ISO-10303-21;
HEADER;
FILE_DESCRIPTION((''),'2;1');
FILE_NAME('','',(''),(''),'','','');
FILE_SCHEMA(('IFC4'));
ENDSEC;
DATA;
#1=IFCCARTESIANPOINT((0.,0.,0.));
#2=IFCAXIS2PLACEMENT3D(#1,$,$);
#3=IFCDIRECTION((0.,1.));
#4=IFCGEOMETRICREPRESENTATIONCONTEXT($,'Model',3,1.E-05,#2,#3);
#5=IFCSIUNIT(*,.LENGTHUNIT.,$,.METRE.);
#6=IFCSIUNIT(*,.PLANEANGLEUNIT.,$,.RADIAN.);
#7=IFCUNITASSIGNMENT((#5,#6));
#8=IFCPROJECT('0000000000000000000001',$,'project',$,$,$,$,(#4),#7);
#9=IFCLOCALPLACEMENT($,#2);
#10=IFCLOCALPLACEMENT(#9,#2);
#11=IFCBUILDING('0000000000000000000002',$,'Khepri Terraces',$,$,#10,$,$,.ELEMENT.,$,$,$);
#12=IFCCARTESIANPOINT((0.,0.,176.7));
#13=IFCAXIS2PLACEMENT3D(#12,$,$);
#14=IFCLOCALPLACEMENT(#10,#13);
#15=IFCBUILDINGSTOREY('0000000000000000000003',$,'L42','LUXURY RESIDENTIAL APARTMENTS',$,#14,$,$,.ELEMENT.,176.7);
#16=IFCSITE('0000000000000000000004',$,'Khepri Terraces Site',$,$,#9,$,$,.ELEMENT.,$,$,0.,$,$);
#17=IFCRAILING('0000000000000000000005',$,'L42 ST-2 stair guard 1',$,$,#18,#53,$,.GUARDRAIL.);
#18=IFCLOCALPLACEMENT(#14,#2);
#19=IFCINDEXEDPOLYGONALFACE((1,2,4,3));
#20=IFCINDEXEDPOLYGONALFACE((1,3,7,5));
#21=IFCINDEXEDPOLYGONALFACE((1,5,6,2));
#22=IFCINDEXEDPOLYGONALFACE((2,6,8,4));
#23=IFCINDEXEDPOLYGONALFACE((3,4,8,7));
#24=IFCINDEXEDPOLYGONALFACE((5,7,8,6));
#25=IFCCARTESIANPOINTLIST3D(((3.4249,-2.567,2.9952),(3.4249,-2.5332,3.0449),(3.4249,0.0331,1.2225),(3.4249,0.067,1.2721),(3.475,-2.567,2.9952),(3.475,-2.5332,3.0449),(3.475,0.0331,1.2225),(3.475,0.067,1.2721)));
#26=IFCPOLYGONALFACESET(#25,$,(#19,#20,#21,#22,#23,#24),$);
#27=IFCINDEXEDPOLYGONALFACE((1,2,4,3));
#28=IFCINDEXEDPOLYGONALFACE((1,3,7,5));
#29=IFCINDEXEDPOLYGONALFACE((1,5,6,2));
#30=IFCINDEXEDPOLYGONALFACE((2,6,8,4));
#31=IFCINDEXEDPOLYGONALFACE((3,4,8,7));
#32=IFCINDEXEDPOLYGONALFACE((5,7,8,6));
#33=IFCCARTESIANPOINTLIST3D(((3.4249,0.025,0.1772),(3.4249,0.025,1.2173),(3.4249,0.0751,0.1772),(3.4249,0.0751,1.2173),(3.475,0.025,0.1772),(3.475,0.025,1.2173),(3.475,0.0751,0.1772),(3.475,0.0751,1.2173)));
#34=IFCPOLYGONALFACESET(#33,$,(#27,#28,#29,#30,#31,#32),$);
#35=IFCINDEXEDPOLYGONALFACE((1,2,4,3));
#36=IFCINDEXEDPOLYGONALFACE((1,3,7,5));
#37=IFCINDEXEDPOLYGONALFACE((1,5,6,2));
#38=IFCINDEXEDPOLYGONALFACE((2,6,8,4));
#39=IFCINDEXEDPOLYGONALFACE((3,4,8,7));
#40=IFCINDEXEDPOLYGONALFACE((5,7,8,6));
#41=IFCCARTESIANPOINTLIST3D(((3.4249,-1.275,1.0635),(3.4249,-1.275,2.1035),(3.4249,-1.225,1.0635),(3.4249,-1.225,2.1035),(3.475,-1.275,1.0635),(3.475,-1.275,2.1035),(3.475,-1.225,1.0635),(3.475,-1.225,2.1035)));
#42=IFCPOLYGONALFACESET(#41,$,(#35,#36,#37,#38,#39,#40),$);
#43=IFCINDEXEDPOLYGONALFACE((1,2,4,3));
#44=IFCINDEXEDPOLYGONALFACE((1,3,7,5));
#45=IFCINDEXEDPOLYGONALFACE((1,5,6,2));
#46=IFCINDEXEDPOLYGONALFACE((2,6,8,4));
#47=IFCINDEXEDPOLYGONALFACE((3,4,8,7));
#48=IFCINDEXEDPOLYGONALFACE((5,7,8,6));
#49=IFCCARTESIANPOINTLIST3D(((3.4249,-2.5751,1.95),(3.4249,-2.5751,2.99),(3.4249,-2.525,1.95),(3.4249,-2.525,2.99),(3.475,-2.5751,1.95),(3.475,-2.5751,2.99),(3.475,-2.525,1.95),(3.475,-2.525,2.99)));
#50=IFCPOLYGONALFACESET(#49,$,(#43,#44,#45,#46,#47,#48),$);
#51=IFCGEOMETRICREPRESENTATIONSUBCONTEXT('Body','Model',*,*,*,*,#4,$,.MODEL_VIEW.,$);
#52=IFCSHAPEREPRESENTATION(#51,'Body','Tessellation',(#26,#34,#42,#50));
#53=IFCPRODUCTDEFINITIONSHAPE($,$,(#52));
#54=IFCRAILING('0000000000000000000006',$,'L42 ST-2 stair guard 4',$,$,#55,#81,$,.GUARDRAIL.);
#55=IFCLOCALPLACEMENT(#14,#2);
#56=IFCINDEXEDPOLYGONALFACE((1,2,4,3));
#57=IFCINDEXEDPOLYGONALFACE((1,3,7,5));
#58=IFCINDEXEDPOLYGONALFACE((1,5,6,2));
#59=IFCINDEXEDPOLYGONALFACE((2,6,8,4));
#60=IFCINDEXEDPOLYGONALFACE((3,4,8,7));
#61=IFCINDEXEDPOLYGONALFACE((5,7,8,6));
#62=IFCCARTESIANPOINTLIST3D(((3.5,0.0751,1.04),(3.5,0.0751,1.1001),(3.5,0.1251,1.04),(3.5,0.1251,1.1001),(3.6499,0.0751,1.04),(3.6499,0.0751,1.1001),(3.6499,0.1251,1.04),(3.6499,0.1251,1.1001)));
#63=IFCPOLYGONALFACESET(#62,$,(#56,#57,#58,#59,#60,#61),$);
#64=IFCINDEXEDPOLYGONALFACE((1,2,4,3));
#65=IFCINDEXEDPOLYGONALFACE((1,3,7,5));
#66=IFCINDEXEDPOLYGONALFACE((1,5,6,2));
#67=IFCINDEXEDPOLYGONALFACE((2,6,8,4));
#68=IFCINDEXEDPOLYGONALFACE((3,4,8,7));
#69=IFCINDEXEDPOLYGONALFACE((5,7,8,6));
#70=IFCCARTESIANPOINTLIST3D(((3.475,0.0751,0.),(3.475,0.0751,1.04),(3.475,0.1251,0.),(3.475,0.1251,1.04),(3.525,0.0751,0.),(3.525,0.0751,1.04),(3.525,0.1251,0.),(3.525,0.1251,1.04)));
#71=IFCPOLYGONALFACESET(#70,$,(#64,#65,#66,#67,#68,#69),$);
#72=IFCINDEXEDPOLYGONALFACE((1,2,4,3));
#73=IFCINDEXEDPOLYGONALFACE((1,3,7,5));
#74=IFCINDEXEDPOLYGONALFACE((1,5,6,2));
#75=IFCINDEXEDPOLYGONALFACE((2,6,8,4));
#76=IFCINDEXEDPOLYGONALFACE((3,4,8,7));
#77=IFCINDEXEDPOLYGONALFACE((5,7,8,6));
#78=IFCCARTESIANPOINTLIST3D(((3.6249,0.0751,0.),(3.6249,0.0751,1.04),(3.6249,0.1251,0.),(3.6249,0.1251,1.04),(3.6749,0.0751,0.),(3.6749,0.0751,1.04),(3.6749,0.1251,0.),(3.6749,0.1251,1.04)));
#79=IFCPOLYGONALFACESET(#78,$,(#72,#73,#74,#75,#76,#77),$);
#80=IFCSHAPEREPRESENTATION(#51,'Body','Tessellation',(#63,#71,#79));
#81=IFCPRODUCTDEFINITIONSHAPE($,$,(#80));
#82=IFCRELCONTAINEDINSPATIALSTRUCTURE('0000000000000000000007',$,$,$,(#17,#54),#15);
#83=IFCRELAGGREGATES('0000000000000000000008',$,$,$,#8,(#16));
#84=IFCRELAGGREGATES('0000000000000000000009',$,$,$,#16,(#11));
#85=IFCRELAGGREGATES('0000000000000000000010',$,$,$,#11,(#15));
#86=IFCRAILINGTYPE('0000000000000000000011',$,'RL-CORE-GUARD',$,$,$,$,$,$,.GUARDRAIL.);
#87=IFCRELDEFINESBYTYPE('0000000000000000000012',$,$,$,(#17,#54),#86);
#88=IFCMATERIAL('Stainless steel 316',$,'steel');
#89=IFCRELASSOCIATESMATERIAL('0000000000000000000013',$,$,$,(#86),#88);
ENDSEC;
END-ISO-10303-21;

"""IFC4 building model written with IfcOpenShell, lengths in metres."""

from ifc_helpers import new_model, si_unit, direction, frame, origin, origin_2d, place, context, subcontext, project, spatial, rectangle, extrude, material, type_object, element, save


model = new_model("IFC4")

# Units and contexts
model_context = context("Model", 3, precision=1e-05, world=origin(), true_north=direction((0.0, 1.0)))
body_context = subcontext(model_context, "Body", "Model", "MODEL_VIEW")
ifc_project = project(units=[si_unit("LENGTHUNIT", "METRE"), si_unit("PLANEANGLEUNIT", "RADIAN")], contexts=[model_context])

# Site, building, storey
site_placement = place(None, origin())
site = spatial("IfcSite", under=ifc_project, at=site_placement, Name="Khepri Terraces Site", CompositionType="ELEMENT", RefElevation=0.0)
building_placement = place(site_placement, origin())
building = spatial("IfcBuilding", under=site, at=building_placement, Name="Khepri Terraces", CompositionType="ELEMENT")
storey_placement = place(building_placement, frame((0.0, 0.0, 176.7)))
storey = spatial("IfcBuildingStorey", under=building, at=storey_placement, Name="L42", Description="LUXURY RESIDENTIAL APARTMENTS", CompositionType="ELEMENT", Elevation=176.7)

# Railings
ifc_material_1 = material(Name="Stainless steel 316", Category="steel")
railing_type = type_object("IfcRailingType", Name="RL-CORE-GUARD", PredefinedType="GUARDRAIL", material=ifc_material_1)
railing_1_placement = place(storey_placement, frame((3.45, 0.05, 0.1772)))
element("IfcRailing", 1, at=railing_1_placement, inside=storey, type_object=railing_type, Name="L42 ST-2 stair guard 1", PredefinedType="GUARDRAIL", context=body_context, shape_type="SweptSolid", body=[
    extrude(rectangle(XDim=0.05, YDim=0.0601, at=origin_2d()), frame((0.0, 0.0, 1.0701), z_axis=(0.0, -0.82624, 0.563318), x_axis=(1.0, 0.0, 0.0)), (0.0, 0.0, 1.0), 3.147),
    extrude(rectangle(XDim=0.05, YDim=0.05, at=origin_2d()), origin(), (0.0, 0.0, 1.0), 1.04),
    extrude(rectangle(XDim=0.05, YDim=0.05, at=origin_2d()), frame((0.0, -1.3, 0.8862)), (0.0, 0.0, 1.0), 1.04),
    extrude(rectangle(XDim=0.05, YDim=0.05, at=origin_2d()), frame((0.0, -2.6001, 1.7727)), (0.0, 0.0, 1.0), 1.04),
])
railing_2_placement = place(storey_placement, frame((3.5, 0.1001, 0.0)))
element("IfcRailing", 2, at=railing_2_placement, inside=storey, type_object=railing_type, Name="L42 ST-2 stair guard 4", PredefinedType="GUARDRAIL", context=body_context, shape_type="SweptSolid", body=[
    extrude(rectangle(XDim=0.05, YDim=0.0601, at=origin_2d()), frame((0.0, 0.0, 1.0701), z_axis=(1.0, 0.0, 0.0), x_axis=(0.0, 1.0, 0.0)), (0.0, 0.0, 1.0), 0.1499),
    extrude(rectangle(XDim=0.05, YDim=0.05, at=origin_2d()), origin(), (0.0, 0.0, 1.0), 1.04),
    extrude(rectangle(XDim=0.05, YDim=0.05, at=origin_2d()), frame((0.1499, 0.0, 0.0)), (0.0, 0.0, 1.0), 1.04),
])

save(model, "model.ifc")
